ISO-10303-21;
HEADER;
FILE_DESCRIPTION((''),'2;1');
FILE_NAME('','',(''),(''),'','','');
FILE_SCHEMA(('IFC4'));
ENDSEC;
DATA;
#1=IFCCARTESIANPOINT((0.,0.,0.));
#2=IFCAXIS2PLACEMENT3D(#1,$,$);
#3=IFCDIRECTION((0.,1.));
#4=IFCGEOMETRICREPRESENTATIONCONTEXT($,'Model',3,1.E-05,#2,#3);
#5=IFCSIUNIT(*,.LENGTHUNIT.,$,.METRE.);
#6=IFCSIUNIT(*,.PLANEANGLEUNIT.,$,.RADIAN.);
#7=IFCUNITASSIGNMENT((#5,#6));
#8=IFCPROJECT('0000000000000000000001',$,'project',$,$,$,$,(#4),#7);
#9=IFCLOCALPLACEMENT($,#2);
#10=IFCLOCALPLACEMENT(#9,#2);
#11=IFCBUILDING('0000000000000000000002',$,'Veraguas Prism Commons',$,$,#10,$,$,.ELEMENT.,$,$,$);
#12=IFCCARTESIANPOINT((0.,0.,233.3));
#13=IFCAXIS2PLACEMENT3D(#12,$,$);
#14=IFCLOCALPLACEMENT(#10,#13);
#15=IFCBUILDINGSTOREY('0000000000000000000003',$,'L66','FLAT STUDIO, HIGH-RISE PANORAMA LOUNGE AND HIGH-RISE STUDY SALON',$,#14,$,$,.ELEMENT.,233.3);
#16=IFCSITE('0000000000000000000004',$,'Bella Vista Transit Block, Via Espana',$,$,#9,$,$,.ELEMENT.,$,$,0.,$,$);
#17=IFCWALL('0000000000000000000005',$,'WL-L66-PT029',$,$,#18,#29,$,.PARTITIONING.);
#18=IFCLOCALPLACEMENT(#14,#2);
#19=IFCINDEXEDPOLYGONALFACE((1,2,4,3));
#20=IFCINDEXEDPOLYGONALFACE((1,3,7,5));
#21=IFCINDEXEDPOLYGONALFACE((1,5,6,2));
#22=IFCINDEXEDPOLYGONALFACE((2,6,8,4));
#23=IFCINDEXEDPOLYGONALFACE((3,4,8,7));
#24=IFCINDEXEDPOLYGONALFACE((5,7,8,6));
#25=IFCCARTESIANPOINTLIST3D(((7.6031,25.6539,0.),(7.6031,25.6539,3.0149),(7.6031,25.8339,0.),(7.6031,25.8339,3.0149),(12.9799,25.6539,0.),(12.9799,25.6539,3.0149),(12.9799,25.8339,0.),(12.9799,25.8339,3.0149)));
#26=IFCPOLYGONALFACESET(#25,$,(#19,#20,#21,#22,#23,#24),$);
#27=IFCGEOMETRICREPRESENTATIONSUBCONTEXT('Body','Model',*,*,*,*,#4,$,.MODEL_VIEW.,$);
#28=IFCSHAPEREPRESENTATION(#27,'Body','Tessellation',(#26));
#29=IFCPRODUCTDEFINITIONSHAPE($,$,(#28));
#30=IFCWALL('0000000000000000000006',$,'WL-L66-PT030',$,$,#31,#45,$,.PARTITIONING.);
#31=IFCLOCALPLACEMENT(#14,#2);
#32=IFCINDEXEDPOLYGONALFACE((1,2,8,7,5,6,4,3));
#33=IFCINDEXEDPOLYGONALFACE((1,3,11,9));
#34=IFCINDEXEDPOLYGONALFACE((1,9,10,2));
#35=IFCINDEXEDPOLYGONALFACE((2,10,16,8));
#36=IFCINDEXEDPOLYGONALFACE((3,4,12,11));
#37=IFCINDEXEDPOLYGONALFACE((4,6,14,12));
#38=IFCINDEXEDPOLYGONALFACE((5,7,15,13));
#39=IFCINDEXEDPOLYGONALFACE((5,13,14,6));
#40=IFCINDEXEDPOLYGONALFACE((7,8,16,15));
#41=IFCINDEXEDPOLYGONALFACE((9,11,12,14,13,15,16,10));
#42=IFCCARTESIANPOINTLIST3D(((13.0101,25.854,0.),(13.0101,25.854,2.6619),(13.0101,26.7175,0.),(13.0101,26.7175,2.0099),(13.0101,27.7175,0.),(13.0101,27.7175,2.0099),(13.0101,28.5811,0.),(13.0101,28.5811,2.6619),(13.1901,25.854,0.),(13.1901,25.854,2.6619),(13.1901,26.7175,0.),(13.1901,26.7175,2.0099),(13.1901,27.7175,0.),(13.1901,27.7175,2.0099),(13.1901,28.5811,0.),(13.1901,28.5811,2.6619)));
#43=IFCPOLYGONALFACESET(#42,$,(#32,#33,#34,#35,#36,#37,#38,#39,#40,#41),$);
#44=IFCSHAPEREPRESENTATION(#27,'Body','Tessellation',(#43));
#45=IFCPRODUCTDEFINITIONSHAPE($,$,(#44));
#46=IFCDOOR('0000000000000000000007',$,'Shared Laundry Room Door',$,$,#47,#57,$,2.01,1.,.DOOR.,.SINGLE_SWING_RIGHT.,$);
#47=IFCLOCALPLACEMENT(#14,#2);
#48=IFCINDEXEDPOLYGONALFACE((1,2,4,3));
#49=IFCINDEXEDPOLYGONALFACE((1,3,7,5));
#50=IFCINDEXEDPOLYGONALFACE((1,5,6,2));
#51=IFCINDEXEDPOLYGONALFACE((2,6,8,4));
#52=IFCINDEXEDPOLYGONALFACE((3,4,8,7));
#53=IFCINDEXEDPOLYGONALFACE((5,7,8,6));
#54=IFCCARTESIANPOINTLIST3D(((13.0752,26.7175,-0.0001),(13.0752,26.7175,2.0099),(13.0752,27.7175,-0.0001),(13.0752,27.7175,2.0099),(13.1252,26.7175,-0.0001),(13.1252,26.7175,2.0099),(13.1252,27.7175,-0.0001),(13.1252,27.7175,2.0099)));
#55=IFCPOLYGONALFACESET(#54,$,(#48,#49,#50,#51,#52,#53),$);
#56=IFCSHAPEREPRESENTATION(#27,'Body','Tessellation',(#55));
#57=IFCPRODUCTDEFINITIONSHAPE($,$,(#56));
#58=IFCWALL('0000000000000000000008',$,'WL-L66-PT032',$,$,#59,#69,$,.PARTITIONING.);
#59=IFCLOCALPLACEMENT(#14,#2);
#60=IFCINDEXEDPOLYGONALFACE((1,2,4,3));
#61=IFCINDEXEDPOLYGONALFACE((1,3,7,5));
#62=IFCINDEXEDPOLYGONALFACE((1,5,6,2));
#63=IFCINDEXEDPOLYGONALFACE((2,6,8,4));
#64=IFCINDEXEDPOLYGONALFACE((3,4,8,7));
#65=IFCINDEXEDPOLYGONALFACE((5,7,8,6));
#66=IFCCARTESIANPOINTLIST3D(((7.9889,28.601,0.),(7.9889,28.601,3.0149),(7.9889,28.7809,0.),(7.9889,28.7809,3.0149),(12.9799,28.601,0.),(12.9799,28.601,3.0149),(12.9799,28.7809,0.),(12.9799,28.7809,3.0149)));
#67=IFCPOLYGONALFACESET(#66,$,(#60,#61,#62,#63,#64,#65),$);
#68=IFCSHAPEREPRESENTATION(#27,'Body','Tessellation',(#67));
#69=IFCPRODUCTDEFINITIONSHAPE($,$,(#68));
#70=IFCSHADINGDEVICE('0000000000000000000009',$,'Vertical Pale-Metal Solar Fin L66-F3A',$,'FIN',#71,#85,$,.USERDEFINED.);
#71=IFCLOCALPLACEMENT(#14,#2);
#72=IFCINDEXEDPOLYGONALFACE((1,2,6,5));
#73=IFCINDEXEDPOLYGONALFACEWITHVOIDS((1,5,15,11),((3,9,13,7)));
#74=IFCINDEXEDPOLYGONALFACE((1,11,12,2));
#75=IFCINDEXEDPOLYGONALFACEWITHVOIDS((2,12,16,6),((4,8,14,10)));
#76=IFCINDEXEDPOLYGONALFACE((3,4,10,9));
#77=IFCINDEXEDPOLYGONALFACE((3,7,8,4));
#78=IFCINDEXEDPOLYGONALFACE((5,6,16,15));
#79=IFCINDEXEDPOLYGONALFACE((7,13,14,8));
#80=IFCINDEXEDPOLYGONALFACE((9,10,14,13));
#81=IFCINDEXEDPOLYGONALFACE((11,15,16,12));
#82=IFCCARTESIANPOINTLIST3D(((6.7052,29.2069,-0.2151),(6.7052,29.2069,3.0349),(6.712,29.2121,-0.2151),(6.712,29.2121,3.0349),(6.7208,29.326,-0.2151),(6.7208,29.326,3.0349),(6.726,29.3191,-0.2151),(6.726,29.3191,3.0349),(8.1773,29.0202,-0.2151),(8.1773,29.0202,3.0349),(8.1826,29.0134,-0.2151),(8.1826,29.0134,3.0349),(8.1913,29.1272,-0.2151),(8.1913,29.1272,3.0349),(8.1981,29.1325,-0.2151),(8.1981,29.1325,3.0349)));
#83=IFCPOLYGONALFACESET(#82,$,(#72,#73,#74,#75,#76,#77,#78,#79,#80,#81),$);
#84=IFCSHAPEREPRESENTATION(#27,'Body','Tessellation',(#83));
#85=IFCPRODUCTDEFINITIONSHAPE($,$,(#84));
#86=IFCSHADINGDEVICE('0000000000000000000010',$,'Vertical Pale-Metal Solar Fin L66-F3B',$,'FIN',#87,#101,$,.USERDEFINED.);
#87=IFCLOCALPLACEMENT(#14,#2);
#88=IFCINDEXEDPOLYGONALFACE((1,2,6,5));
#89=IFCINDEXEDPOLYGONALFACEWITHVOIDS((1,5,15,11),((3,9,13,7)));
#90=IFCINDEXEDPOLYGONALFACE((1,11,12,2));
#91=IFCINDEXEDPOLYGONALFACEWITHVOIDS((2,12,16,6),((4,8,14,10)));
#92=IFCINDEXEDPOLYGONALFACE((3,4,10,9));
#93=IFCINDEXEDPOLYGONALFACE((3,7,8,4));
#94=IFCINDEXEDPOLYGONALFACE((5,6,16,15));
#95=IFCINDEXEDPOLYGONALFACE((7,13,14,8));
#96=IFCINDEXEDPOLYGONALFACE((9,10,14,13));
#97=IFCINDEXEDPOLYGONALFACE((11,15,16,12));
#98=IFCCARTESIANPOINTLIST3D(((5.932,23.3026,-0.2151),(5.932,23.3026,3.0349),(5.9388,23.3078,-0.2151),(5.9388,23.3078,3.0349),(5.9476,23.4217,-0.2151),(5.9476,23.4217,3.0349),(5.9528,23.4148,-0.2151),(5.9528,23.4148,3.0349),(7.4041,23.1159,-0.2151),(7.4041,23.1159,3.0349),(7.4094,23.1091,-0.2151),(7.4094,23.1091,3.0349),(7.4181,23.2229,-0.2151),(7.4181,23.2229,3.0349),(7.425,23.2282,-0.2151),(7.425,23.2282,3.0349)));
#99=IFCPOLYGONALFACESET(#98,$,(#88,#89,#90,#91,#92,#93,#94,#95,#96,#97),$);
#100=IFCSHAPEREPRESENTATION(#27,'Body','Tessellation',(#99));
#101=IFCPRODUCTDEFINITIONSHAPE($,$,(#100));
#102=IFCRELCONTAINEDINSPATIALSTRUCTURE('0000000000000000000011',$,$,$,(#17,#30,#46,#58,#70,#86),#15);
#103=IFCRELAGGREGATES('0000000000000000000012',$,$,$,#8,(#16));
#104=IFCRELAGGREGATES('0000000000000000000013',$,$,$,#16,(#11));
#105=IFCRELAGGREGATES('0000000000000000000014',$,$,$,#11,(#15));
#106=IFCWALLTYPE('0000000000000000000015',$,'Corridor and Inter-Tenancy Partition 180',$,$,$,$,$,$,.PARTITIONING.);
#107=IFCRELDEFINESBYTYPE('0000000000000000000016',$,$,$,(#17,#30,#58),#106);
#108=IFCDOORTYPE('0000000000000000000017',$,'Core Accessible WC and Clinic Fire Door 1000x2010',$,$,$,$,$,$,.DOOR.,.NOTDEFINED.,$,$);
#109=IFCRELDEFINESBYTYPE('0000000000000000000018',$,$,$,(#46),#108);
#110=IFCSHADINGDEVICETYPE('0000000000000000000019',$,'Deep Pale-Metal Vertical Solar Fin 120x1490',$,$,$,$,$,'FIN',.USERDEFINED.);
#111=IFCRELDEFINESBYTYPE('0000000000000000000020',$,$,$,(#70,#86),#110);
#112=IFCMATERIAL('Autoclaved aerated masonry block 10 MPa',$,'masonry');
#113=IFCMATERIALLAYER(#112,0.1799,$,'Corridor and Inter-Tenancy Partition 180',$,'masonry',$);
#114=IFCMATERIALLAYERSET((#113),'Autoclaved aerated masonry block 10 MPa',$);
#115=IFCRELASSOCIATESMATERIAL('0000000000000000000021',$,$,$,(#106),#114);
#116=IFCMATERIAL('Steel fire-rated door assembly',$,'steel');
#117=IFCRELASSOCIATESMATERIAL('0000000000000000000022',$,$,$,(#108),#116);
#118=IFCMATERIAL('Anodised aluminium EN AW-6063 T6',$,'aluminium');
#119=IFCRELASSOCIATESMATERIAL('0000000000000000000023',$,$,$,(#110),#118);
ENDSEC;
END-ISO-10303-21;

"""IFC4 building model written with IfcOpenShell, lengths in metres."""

from ifc_helpers import new_model, si_unit, direction, frame, frame_2d, origin, origin_2d, place, context, subcontext, project, spatial, rectangle, hollow_rectangle, extrude, source, transform, mapped, material, layer, layer_set, material_profile, profile_set, type_object, element, fill, save


model = new_model("IFC4")

# Units and contexts
model_context = context("Model", 3, precision=1e-05, world=origin(), true_north=direction((0.0, 1.0)))
body_context = subcontext(model_context, "Body", "Model", "MODEL_VIEW")
ifc_project = project(units=[si_unit("LENGTHUNIT", "METRE"), si_unit("PLANEANGLEUNIT", "RADIAN")], contexts=[model_context])

# Site, building, storey
site_placement = place(None, origin())
site = spatial("IfcSite", under=ifc_project, at=site_placement, Name="Bella Vista Transit Block, Via Espana", CompositionType="ELEMENT", RefElevation=0.0)
building_placement = place(site_placement, origin())
building = spatial("IfcBuilding", under=site, at=building_placement, Name="Veraguas Prism Commons", CompositionType="ELEMENT")
storey_placement = place(building_placement, frame((0.0, 0.0, 233.3)))
storey = spatial("IfcBuildingStorey", under=building, at=storey_placement, Name="L66", Description="FLAT STUDIO, HIGH-RISE PANORAMA LOUNGE AND HIGH-RISE STUDY SALON", CompositionType="ELEMENT", Elevation=233.3)

# Shared definitions
ifc_material_1 = material(Name="Anodised aluminium EN AW-6063 T6", Category="aluminium")

# Wall
ifc_material_2 = material(Name="Autoclaved aerated masonry block 10 MPa", Category="masonry")
ifc_layer_1 = layer(ifc_material_2, 0.1799, Name="Corridor and Inter-Tenancy Partition 180", Category="masonry")
ifc_layer_set_1 = layer_set([ifc_layer_1], Name="Autoclaved aerated masonry block 10 MPa")
wall_type = type_object("IfcWallType", Name="Corridor and Inter-Tenancy Partition 180", PredefinedType="PARTITIONING", material=ifc_layer_set_1)
wall_1_placement = place(storey_placement, frame((12.98, 25.7439, 0.0), z_axis=(0.0, 0.0, 1.0), x_axis=(-1.0, 0.0, 0.0)))
element("IfcWall", 1, at=wall_1_placement, inside=storey, type_object=wall_type, Name="WL-L66-PT029", PredefinedType="PARTITIONING", context=body_context, shape_type="SweptSolid", body=[
    extrude(rectangle(XDim=5.3767, YDim=0.1799, at=frame_2d((2.6885, 0.0))), origin(), (0.0, 0.0, 1.0), 3.0149),
])

# Wall, opening, door
wall_2_placement = place(storey_placement, frame((13.1001, 25.854, 0.0), z_axis=(0.0, 0.0, 1.0), x_axis=(0.0, 1.0, 0.0)))
wall_2 = element("IfcWall", 2, at=wall_2_placement, inside=storey, type_object=wall_type, Name="WL-L66-PT030", PredefinedType="PARTITIONING", context=body_context, shape_type="SweptSolid", body=[
    extrude(rectangle(XDim=2.7271, YDim=0.1799, at=frame_2d((1.3635, 0.0))), origin(), (0.0, 0.0, 1.0), 2.6619),
])
opening_placement = place(wall_2_placement, frame((0.8635, 0.0, 0.0)))
opening = element("IfcOpeningElement", 3, at=opening_placement, cuts=wall_2, PredefinedType="OPENING", context=body_context, shape_type="SweptSolid", body=[
    extrude(rectangle(XDim=1.0, YDim=2.01, at=frame_2d((0.5, 1.0049))), frame((0.0, 0.0999, 0.0), z_axis=(0.0, -1.0, 0.0), x_axis=(1.0, 0.0, 0.0)), (0.0, 0.0, 1.0), 0.2),
])
ifc_material_3 = material(Name="Steel fire-rated door assembly", Category="steel")
door_type = type_object("IfcDoorType", Name="Core Accessible WC and Clinic Fire Door 1000x2010", OperationType="NOTDEFINED", PredefinedType="DOOR", material=ifc_material_3)
shared_shape_1 = source(origin(), body_context, "Body", "SweptSolid", [
    extrude(rectangle(XDim=1.0, YDim=2.01, at=frame_2d((0.5, 1.0049))), frame((0.0, 0.0249, 0.0), z_axis=(0.0, -1.0, 0.0), x_axis=(1.0, 0.0, 0.0)), (0.0, 0.0, 1.0), 0.05),
])
door_placement = place(opening_placement, origin())
door = element("IfcDoor", 4, at=door_placement, inside=storey, type_object=door_type, Name="Shared Laundry Room Door", OperationType="SINGLE_SWING_RIGHT", OverallHeight=2.01, OverallWidth=1.0, PredefinedType="DOOR", context=body_context, shape_type="MappedRepresentation", body=[
    mapped(shared_shape_1, transform((0.0, 0.0, 0.0), scale=1.0)),
])
fill(opening, door)

# Wall
wall_3_placement = place(storey_placement, frame((12.98, 28.6909, 0.0), z_axis=(0.0, 0.0, 1.0), x_axis=(-1.0, 0.0, 0.0)))
element("IfcWall", 5, at=wall_3_placement, inside=storey, type_object=wall_type, Name="WL-L66-PT032", PredefinedType="PARTITIONING", context=body_context, shape_type="SweptSolid", body=[
    extrude(rectangle(XDim=4.991, YDim=0.1799, at=frame_2d((2.4956, 0.0))), origin(), (0.0, 0.0, 1.0), 3.0149),
])

# Shading devices
ifc_material_profile_1 = material_profile(ifc_material_1, hollow_rectangle(XDim=0.1201, YDim=1.49, WallThickness=0.0061, at=origin_2d()), Name="FIN120X1490X6")
ifc_profile_set_1 = profile_set([ifc_material_profile_1], Name="Anodised aluminium EN AW-6063 T6")
shading_device_type = type_object("IfcShadingDeviceType", Name="Deep Pale-Metal Vertical Solar Fin 120x1490", ElementType="FIN", PredefinedType="USERDEFINED", material=ifc_profile_set_1)
for number, where, z_axis, x_axis, name in (
    (6, (7.4517, 29.1697, -0.2151), (0.0, 0.0, 1.0), (-0.129837, -0.991535, 0.0), "Vertical Pale-Metal Solar Fin L66-F3A"),
    (7, (6.6785, 23.2654, -0.2151), (0.0, 0.0, 1.0), (-0.129837, -0.991535, 0.0), "Vertical Pale-Metal Solar Fin L66-F3B"),
):
    element("IfcShadingDevice", number, at=place(storey_placement, frame(where, z_axis=z_axis, x_axis=x_axis)), inside=storey, type_object=shading_device_type, Name=name, ObjectType="FIN", PredefinedType="USERDEFINED", context=body_context, shape_type="SweptSolid", body=[
        extrude(hollow_rectangle(XDim=0.1201, YDim=1.49, WallThickness=0.0061, at=origin_2d()), origin(), (0.0, 0.0, 1.0), 3.25),
    ])

save(model, "model.ifc")
